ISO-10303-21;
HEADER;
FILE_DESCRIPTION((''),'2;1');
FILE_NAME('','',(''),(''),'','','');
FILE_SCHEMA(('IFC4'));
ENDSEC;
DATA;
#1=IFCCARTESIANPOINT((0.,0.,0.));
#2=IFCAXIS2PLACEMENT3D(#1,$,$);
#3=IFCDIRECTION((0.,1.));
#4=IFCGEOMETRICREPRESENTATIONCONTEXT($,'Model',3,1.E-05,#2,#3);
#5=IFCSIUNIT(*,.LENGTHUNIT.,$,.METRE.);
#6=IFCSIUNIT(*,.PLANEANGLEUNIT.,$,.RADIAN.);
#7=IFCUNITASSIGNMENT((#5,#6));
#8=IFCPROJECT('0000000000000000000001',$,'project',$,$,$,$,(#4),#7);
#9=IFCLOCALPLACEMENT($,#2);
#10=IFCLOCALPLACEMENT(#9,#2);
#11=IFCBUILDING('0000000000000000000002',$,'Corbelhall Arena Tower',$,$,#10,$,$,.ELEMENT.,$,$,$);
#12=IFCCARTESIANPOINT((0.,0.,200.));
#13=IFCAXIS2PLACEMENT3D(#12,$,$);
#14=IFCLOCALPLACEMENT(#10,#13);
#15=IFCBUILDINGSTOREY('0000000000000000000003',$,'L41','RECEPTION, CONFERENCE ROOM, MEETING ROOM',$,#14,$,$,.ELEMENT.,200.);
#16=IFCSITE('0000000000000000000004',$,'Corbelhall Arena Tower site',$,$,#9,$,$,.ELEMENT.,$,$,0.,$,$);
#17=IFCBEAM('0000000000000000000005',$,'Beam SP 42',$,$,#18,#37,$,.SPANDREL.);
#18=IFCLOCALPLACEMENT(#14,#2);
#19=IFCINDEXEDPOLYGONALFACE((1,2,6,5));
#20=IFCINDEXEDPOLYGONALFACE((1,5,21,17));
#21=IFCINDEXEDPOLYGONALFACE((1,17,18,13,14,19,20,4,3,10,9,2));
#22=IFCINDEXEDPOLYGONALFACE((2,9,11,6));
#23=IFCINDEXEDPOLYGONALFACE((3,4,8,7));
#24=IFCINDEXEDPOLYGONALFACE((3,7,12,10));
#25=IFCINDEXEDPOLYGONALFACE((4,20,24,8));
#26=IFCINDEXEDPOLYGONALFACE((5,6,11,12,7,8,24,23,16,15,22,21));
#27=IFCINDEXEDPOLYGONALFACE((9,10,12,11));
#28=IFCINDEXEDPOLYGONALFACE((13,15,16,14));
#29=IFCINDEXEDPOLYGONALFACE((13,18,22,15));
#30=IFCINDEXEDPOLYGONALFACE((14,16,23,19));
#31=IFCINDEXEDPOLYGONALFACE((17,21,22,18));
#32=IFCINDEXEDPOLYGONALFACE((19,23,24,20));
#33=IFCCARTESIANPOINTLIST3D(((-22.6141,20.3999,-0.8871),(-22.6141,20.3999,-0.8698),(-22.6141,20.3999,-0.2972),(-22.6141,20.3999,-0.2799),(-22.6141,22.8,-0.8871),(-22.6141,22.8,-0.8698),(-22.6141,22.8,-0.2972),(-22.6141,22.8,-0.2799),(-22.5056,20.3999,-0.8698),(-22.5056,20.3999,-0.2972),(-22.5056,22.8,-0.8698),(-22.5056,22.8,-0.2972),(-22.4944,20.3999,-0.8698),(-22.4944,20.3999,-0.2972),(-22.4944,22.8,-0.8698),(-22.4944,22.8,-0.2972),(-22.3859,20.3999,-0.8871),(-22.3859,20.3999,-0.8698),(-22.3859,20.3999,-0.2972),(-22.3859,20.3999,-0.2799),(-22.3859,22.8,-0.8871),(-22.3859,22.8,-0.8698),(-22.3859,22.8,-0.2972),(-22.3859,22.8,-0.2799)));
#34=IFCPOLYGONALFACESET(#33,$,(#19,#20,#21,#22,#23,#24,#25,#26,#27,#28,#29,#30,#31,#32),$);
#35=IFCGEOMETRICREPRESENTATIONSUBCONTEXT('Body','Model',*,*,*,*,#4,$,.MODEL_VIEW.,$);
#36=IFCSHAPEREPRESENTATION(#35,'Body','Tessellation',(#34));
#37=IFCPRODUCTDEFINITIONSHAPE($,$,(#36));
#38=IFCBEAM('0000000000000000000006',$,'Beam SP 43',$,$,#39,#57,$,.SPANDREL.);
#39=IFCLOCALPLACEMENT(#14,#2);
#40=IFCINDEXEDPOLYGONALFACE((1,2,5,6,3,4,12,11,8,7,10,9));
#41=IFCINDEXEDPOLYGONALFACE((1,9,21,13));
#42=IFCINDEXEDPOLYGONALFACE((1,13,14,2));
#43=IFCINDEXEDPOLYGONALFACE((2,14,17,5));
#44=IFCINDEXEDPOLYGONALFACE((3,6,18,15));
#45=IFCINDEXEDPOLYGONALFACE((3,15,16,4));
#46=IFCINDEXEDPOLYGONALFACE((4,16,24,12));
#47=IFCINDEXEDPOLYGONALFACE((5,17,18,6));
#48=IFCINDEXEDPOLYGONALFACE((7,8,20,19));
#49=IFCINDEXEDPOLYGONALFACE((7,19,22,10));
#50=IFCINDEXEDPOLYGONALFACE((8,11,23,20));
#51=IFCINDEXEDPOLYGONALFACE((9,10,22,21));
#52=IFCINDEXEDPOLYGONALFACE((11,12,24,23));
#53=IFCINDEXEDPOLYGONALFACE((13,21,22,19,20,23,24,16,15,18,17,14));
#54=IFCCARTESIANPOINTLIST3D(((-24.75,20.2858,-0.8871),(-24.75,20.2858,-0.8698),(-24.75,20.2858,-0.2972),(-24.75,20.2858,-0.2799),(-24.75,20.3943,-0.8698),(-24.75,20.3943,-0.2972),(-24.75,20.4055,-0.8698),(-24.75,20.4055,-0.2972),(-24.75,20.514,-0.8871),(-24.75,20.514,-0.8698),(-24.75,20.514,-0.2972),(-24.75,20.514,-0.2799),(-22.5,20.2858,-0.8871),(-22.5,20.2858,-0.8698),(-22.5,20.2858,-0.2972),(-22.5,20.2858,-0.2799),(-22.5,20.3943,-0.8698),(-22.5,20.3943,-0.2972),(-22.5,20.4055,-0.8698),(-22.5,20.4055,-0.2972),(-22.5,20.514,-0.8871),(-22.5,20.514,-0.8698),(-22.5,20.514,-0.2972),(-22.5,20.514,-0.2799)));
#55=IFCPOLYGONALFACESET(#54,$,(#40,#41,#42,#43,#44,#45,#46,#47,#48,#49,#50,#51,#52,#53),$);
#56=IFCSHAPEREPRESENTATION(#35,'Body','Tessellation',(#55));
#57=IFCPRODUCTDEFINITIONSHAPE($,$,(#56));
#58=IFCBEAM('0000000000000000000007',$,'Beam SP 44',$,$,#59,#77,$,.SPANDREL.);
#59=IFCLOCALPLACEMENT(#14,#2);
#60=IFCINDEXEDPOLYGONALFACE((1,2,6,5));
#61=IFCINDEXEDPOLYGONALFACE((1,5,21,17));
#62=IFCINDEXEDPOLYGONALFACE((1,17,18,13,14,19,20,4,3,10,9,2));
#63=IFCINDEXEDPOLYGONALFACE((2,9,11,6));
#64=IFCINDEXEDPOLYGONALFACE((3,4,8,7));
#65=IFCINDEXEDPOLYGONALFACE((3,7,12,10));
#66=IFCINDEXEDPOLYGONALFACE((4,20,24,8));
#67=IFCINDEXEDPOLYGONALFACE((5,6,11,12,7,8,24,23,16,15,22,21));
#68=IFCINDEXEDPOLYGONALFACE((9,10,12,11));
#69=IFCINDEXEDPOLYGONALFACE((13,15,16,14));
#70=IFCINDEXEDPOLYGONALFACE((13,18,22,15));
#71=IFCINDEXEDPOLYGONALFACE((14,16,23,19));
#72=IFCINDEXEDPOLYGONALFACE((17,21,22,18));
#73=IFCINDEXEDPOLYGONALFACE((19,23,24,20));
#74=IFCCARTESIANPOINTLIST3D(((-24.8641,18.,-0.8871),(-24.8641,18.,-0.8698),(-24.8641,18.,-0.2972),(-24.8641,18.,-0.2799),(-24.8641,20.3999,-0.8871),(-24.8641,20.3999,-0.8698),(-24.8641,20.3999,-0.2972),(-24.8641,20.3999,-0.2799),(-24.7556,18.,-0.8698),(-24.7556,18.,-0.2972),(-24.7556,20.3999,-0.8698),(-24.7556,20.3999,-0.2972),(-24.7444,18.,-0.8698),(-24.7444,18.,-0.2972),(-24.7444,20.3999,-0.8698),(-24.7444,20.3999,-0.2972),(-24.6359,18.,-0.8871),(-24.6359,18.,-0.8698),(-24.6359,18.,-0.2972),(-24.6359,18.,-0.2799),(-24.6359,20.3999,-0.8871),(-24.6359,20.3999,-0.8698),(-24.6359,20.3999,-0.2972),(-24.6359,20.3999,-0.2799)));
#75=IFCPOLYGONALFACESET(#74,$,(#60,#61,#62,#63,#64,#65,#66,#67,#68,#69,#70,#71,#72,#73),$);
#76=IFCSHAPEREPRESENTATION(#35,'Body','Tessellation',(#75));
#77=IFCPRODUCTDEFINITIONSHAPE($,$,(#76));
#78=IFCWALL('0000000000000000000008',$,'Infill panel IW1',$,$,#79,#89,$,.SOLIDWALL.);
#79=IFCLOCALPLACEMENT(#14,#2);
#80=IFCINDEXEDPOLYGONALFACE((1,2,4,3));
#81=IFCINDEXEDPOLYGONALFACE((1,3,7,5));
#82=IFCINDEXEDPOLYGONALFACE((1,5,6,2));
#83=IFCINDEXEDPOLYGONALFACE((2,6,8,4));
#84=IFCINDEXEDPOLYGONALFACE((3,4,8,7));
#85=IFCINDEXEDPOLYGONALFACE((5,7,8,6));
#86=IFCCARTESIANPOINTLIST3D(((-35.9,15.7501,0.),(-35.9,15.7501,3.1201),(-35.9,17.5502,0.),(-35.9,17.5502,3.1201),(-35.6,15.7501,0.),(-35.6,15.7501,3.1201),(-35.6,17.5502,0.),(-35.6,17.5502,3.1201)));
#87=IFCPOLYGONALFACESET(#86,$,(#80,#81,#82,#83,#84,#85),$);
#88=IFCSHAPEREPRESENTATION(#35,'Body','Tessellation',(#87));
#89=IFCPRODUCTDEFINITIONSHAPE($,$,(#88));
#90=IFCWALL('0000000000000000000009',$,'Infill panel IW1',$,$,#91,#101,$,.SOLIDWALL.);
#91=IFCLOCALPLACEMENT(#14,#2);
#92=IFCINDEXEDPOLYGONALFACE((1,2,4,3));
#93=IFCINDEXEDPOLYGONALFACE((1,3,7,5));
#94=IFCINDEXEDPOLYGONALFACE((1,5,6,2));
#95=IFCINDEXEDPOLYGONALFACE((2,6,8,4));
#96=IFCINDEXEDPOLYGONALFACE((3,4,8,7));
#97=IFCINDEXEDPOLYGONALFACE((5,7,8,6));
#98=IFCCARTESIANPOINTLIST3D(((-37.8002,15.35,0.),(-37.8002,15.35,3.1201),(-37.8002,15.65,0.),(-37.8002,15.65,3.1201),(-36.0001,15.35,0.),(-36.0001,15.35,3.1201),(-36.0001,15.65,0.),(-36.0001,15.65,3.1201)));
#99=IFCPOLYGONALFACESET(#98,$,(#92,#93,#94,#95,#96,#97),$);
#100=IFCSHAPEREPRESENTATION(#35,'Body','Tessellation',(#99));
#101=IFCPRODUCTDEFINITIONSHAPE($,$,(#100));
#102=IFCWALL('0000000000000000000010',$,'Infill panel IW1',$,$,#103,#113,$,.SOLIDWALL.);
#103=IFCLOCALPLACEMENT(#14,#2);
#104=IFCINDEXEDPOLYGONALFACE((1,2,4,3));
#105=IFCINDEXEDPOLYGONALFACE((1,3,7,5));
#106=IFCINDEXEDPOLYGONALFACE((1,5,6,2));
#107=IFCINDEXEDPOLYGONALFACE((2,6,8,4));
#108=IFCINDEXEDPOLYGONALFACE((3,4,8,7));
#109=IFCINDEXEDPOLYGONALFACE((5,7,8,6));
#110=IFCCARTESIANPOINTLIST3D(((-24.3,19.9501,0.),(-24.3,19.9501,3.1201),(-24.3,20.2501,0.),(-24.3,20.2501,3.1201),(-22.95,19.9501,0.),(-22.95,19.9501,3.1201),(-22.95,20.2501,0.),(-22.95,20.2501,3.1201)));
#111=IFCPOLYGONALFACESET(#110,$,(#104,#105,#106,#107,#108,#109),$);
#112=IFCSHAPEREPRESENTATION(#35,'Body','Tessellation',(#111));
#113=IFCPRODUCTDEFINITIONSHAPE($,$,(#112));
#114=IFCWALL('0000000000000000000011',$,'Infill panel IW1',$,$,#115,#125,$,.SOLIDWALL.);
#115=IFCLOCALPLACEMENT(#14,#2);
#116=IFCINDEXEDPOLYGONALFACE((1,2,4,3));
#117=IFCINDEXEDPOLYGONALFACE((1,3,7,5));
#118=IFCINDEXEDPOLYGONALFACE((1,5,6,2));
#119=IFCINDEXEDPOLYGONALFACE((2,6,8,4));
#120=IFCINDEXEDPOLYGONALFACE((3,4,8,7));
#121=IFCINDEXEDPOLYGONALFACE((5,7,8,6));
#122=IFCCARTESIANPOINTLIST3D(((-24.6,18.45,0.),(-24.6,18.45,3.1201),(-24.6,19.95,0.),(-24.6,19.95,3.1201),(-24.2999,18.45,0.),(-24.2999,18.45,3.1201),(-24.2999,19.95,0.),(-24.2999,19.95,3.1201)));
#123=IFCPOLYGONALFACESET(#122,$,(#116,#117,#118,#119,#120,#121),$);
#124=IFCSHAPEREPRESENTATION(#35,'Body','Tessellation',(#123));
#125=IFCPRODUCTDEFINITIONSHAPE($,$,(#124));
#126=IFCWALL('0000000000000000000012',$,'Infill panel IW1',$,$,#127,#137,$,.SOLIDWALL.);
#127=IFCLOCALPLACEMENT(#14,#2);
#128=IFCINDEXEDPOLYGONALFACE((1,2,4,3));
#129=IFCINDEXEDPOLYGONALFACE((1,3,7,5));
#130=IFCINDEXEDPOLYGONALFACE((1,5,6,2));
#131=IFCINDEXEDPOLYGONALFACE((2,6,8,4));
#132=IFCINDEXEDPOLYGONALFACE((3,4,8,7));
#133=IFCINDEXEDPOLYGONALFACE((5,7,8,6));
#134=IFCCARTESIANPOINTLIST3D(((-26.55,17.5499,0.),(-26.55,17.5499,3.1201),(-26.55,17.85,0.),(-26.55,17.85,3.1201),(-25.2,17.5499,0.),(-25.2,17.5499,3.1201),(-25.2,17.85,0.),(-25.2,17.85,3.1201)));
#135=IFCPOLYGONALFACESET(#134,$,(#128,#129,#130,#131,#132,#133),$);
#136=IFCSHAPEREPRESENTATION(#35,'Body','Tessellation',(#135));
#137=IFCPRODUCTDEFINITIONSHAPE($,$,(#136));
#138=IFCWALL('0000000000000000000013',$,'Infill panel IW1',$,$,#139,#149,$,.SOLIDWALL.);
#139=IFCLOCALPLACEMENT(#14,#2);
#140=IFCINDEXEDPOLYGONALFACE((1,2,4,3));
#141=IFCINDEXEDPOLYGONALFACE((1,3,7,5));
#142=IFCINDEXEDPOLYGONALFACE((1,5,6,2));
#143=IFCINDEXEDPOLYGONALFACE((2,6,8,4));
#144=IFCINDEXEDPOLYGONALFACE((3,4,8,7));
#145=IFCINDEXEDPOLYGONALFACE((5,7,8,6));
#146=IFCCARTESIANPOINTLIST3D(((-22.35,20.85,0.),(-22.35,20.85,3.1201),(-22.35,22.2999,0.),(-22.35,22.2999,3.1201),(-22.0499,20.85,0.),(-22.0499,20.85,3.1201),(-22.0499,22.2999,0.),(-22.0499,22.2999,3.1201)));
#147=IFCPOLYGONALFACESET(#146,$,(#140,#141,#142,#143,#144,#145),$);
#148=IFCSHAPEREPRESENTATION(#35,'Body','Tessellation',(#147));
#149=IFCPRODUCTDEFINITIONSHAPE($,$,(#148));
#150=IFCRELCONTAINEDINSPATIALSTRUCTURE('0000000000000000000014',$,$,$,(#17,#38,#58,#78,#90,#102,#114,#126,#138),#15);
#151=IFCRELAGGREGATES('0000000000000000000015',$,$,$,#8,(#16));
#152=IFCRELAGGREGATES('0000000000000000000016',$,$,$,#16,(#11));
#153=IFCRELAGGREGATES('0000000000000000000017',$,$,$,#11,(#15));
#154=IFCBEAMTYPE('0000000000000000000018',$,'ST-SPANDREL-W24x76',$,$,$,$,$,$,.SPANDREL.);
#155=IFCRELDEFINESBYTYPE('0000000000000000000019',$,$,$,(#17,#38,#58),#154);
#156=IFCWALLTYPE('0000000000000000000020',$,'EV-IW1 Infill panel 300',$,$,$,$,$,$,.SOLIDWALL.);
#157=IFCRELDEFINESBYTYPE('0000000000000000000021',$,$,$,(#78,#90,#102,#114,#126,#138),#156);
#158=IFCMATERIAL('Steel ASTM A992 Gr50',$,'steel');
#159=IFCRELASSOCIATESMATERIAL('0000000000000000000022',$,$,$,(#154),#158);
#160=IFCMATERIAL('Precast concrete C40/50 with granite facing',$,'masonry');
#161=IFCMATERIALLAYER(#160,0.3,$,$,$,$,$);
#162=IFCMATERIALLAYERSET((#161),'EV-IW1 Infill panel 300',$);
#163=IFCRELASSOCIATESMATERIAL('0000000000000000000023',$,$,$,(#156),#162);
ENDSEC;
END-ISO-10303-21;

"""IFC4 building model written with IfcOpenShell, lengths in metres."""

from ifc_helpers import new_model, si_unit, direction, frame, frame_2d, origin, origin_2d, place, context, subcontext, project, spatial, rectangle, i_section, extrude, material, layer, layer_set, material_profile, profile_set, type_object, element, save


model = new_model("IFC4")

# Units and contexts
model_context = context("Model", 3, precision=1e-05, world=origin(), true_north=direction((0.0, 1.0)))
body_context = subcontext(model_context, "Body", "Model", "MODEL_VIEW")
ifc_project = project(units=[si_unit("LENGTHUNIT", "METRE"), si_unit("PLANEANGLEUNIT", "RADIAN")], contexts=[model_context])

# Site, building, storey
site_placement = place(None, origin())
site = spatial("IfcSite", under=ifc_project, at=site_placement, Name="Corbelhall Arena Tower site", CompositionType="ELEMENT", RefElevation=0.0)
building_placement = place(site_placement, origin())
building = spatial("IfcBuilding", under=site, at=building_placement, Name="Corbelhall Arena Tower", CompositionType="ELEMENT")
storey_placement = place(building_placement, frame((0.0, 0.0, 200.0)))
storey = spatial("IfcBuildingStorey", under=building, at=storey_placement, Name="L41", Description="RECEPTION, CONFERENCE ROOM, MEETING ROOM", CompositionType="ELEMENT", Elevation=200.0)

# Beams
ifc_material_1 = material(Name="Steel ASTM A992 Gr50", Category="steel")
ifc_material_profile_1 = material_profile(ifc_material_1, i_section(OverallWidth=0.2283, OverallDepth=0.6072, WebThickness=0.0112, FlangeThickness=0.0173, at=origin_2d()))
ifc_profile_set_1 = profile_set([ifc_material_profile_1], Name="Steel ASTM A992 Gr50")
beam_type = type_object("IfcBeamType", Name="ST-SPANDREL-W24x76", PredefinedType="SPANDREL", material=ifc_profile_set_1)
beam_1_placement = place(storey_placement, frame((-22.5, 20.3999, -0.5835), z_axis=(0.0, 1.0, 0.0), x_axis=(-1.0, 0.0, 0.0)))
element("IfcBeam", 1, at=beam_1_placement, inside=storey, type_object=beam_type, Name="Beam SP 42", PredefinedType="SPANDREL", context=body_context, shape_type="SweptSolid", body=[
    extrude(i_section(OverallWidth=0.2283, OverallDepth=0.6072, WebThickness=0.0112, FlangeThickness=0.0173, at=origin_2d()), origin(), (0.0, 0.0, 1.0), 2.4001),
])
beam_2_placement = place(storey_placement, frame((-24.75, 20.3999, -0.5835), z_axis=(1.0, 0.0, 0.0), x_axis=(0.0, 1.0, 0.0)))
element("IfcBeam", 2, at=beam_2_placement, inside=storey, type_object=beam_type, Name="Beam SP 43", PredefinedType="SPANDREL", context=body_context, shape_type="SweptSolid", body=[
    extrude(i_section(OverallWidth=0.2283, OverallDepth=0.6072, WebThickness=0.0112, FlangeThickness=0.0173, at=origin_2d()), origin(), (0.0, 0.0, 1.0), 2.25),
])
beam_3_placement = place(storey_placement, frame((-24.75, 18.0, -0.5835), z_axis=(0.0, 1.0, 0.0), x_axis=(-1.0, 0.0, 0.0)))
element("IfcBeam", 3, at=beam_3_placement, inside=storey, type_object=beam_type, Name="Beam SP 44", PredefinedType="SPANDREL", context=body_context, shape_type="SweptSolid", body=[
    extrude(i_section(OverallWidth=0.2283, OverallDepth=0.6072, WebThickness=0.0112, FlangeThickness=0.0173, at=origin_2d()), origin(), (0.0, 0.0, 1.0), 2.3999),
])

# Walls
ifc_material_2 = material(Name="Precast concrete C40/50 with granite facing", Category="masonry")
ifc_layer = layer(ifc_material_2, 0.3)
ifc_layer_set = layer_set([ifc_layer], Name="EV-IW1 Infill panel 300")
wall_type = type_object("IfcWallType", Name="EV-IW1 Infill panel 300", PredefinedType="SOLIDWALL", material=ifc_layer_set)
for number, where, z_axis, x_axis, name in (
    (4, (-35.75, 17.55, 0.0), (0.0, 0.0, 1.0), (0.0, -1.0, 0.0), "Infill panel IW1"),
    (5, (-37.8, 15.5, 0.0), (0.0, 0.0, 1.0), (1.0, 0.0, 0.0), "Infill panel IW1"),
):
    element("IfcWall", number, at=place(storey_placement, frame(where, z_axis=z_axis, x_axis=x_axis)), inside=storey, type_object=wall_type, Name=name, PredefinedType="SOLIDWALL", context=body_context, shape_type="SweptSolid", body=[
        extrude(rectangle(XDim=1.8, YDim=0.3, at=frame_2d((0.8999, 0.0))), origin(), (0.0, 0.0, 1.0), 3.1201),
    ])
wall_1_placement = place(storey_placement, frame((-22.95, 20.1001, 0.0), z_axis=(0.0, 0.0, 1.0), x_axis=(-1.0, 0.0, 0.0)))
element("IfcWall", 6, at=wall_1_placement, inside=storey, type_object=wall_type, Name="Infill panel IW1", PredefinedType="SOLIDWALL", context=body_context, shape_type="SweptSolid", body=[
    extrude(rectangle(XDim=1.3501, YDim=0.3, at=frame_2d((0.675, 0.0))), origin(), (0.0, 0.0, 1.0), 3.1201),
])
wall_2_placement = place(storey_placement, frame((-24.45, 19.95, 0.0), z_axis=(0.0, 0.0, 1.0), x_axis=(0.0, -1.0, 0.0)))
element("IfcWall", 7, at=wall_2_placement, inside=storey, type_object=wall_type, Name="Infill panel IW1", PredefinedType="SOLIDWALL", context=body_context, shape_type="SweptSolid", body=[
    extrude(rectangle(XDim=1.5, YDim=0.3, at=frame_2d((0.75, 0.0))), origin(), (0.0, 0.0, 1.0), 3.1201),
])
wall_3_placement = place(storey_placement, frame((-25.2, 17.7, 0.0), z_axis=(0.0, 0.0, 1.0), x_axis=(-1.0, 0.0, 0.0)))
element("IfcWall", 8, at=wall_3_placement, inside=storey, type_object=wall_type, Name="Infill panel IW1", PredefinedType="SOLIDWALL", context=body_context, shape_type="SweptSolid", body=[
    extrude(rectangle(XDim=1.3501, YDim=0.3, at=frame_2d((0.675, 0.0))), origin(), (0.0, 0.0, 1.0), 3.1201),
])

# Wall
wall_4_placement = place(storey_placement, frame((-22.2, 22.3, 0.0), z_axis=(0.0, 0.0, 1.0), x_axis=(0.0, -1.0, 0.0)))
element("IfcWall", 9, at=wall_4_placement, inside=storey, type_object=wall_type, Name="Infill panel IW1", PredefinedType="SOLIDWALL", context=body_context, shape_type="SweptSolid", body=[
    extrude(rectangle(XDim=1.45, YDim=0.3, at=frame_2d((0.7251, 0.0))), origin(), (0.0, 0.0, 1.0), 3.1201),
])

save(model, "model.ifc")
